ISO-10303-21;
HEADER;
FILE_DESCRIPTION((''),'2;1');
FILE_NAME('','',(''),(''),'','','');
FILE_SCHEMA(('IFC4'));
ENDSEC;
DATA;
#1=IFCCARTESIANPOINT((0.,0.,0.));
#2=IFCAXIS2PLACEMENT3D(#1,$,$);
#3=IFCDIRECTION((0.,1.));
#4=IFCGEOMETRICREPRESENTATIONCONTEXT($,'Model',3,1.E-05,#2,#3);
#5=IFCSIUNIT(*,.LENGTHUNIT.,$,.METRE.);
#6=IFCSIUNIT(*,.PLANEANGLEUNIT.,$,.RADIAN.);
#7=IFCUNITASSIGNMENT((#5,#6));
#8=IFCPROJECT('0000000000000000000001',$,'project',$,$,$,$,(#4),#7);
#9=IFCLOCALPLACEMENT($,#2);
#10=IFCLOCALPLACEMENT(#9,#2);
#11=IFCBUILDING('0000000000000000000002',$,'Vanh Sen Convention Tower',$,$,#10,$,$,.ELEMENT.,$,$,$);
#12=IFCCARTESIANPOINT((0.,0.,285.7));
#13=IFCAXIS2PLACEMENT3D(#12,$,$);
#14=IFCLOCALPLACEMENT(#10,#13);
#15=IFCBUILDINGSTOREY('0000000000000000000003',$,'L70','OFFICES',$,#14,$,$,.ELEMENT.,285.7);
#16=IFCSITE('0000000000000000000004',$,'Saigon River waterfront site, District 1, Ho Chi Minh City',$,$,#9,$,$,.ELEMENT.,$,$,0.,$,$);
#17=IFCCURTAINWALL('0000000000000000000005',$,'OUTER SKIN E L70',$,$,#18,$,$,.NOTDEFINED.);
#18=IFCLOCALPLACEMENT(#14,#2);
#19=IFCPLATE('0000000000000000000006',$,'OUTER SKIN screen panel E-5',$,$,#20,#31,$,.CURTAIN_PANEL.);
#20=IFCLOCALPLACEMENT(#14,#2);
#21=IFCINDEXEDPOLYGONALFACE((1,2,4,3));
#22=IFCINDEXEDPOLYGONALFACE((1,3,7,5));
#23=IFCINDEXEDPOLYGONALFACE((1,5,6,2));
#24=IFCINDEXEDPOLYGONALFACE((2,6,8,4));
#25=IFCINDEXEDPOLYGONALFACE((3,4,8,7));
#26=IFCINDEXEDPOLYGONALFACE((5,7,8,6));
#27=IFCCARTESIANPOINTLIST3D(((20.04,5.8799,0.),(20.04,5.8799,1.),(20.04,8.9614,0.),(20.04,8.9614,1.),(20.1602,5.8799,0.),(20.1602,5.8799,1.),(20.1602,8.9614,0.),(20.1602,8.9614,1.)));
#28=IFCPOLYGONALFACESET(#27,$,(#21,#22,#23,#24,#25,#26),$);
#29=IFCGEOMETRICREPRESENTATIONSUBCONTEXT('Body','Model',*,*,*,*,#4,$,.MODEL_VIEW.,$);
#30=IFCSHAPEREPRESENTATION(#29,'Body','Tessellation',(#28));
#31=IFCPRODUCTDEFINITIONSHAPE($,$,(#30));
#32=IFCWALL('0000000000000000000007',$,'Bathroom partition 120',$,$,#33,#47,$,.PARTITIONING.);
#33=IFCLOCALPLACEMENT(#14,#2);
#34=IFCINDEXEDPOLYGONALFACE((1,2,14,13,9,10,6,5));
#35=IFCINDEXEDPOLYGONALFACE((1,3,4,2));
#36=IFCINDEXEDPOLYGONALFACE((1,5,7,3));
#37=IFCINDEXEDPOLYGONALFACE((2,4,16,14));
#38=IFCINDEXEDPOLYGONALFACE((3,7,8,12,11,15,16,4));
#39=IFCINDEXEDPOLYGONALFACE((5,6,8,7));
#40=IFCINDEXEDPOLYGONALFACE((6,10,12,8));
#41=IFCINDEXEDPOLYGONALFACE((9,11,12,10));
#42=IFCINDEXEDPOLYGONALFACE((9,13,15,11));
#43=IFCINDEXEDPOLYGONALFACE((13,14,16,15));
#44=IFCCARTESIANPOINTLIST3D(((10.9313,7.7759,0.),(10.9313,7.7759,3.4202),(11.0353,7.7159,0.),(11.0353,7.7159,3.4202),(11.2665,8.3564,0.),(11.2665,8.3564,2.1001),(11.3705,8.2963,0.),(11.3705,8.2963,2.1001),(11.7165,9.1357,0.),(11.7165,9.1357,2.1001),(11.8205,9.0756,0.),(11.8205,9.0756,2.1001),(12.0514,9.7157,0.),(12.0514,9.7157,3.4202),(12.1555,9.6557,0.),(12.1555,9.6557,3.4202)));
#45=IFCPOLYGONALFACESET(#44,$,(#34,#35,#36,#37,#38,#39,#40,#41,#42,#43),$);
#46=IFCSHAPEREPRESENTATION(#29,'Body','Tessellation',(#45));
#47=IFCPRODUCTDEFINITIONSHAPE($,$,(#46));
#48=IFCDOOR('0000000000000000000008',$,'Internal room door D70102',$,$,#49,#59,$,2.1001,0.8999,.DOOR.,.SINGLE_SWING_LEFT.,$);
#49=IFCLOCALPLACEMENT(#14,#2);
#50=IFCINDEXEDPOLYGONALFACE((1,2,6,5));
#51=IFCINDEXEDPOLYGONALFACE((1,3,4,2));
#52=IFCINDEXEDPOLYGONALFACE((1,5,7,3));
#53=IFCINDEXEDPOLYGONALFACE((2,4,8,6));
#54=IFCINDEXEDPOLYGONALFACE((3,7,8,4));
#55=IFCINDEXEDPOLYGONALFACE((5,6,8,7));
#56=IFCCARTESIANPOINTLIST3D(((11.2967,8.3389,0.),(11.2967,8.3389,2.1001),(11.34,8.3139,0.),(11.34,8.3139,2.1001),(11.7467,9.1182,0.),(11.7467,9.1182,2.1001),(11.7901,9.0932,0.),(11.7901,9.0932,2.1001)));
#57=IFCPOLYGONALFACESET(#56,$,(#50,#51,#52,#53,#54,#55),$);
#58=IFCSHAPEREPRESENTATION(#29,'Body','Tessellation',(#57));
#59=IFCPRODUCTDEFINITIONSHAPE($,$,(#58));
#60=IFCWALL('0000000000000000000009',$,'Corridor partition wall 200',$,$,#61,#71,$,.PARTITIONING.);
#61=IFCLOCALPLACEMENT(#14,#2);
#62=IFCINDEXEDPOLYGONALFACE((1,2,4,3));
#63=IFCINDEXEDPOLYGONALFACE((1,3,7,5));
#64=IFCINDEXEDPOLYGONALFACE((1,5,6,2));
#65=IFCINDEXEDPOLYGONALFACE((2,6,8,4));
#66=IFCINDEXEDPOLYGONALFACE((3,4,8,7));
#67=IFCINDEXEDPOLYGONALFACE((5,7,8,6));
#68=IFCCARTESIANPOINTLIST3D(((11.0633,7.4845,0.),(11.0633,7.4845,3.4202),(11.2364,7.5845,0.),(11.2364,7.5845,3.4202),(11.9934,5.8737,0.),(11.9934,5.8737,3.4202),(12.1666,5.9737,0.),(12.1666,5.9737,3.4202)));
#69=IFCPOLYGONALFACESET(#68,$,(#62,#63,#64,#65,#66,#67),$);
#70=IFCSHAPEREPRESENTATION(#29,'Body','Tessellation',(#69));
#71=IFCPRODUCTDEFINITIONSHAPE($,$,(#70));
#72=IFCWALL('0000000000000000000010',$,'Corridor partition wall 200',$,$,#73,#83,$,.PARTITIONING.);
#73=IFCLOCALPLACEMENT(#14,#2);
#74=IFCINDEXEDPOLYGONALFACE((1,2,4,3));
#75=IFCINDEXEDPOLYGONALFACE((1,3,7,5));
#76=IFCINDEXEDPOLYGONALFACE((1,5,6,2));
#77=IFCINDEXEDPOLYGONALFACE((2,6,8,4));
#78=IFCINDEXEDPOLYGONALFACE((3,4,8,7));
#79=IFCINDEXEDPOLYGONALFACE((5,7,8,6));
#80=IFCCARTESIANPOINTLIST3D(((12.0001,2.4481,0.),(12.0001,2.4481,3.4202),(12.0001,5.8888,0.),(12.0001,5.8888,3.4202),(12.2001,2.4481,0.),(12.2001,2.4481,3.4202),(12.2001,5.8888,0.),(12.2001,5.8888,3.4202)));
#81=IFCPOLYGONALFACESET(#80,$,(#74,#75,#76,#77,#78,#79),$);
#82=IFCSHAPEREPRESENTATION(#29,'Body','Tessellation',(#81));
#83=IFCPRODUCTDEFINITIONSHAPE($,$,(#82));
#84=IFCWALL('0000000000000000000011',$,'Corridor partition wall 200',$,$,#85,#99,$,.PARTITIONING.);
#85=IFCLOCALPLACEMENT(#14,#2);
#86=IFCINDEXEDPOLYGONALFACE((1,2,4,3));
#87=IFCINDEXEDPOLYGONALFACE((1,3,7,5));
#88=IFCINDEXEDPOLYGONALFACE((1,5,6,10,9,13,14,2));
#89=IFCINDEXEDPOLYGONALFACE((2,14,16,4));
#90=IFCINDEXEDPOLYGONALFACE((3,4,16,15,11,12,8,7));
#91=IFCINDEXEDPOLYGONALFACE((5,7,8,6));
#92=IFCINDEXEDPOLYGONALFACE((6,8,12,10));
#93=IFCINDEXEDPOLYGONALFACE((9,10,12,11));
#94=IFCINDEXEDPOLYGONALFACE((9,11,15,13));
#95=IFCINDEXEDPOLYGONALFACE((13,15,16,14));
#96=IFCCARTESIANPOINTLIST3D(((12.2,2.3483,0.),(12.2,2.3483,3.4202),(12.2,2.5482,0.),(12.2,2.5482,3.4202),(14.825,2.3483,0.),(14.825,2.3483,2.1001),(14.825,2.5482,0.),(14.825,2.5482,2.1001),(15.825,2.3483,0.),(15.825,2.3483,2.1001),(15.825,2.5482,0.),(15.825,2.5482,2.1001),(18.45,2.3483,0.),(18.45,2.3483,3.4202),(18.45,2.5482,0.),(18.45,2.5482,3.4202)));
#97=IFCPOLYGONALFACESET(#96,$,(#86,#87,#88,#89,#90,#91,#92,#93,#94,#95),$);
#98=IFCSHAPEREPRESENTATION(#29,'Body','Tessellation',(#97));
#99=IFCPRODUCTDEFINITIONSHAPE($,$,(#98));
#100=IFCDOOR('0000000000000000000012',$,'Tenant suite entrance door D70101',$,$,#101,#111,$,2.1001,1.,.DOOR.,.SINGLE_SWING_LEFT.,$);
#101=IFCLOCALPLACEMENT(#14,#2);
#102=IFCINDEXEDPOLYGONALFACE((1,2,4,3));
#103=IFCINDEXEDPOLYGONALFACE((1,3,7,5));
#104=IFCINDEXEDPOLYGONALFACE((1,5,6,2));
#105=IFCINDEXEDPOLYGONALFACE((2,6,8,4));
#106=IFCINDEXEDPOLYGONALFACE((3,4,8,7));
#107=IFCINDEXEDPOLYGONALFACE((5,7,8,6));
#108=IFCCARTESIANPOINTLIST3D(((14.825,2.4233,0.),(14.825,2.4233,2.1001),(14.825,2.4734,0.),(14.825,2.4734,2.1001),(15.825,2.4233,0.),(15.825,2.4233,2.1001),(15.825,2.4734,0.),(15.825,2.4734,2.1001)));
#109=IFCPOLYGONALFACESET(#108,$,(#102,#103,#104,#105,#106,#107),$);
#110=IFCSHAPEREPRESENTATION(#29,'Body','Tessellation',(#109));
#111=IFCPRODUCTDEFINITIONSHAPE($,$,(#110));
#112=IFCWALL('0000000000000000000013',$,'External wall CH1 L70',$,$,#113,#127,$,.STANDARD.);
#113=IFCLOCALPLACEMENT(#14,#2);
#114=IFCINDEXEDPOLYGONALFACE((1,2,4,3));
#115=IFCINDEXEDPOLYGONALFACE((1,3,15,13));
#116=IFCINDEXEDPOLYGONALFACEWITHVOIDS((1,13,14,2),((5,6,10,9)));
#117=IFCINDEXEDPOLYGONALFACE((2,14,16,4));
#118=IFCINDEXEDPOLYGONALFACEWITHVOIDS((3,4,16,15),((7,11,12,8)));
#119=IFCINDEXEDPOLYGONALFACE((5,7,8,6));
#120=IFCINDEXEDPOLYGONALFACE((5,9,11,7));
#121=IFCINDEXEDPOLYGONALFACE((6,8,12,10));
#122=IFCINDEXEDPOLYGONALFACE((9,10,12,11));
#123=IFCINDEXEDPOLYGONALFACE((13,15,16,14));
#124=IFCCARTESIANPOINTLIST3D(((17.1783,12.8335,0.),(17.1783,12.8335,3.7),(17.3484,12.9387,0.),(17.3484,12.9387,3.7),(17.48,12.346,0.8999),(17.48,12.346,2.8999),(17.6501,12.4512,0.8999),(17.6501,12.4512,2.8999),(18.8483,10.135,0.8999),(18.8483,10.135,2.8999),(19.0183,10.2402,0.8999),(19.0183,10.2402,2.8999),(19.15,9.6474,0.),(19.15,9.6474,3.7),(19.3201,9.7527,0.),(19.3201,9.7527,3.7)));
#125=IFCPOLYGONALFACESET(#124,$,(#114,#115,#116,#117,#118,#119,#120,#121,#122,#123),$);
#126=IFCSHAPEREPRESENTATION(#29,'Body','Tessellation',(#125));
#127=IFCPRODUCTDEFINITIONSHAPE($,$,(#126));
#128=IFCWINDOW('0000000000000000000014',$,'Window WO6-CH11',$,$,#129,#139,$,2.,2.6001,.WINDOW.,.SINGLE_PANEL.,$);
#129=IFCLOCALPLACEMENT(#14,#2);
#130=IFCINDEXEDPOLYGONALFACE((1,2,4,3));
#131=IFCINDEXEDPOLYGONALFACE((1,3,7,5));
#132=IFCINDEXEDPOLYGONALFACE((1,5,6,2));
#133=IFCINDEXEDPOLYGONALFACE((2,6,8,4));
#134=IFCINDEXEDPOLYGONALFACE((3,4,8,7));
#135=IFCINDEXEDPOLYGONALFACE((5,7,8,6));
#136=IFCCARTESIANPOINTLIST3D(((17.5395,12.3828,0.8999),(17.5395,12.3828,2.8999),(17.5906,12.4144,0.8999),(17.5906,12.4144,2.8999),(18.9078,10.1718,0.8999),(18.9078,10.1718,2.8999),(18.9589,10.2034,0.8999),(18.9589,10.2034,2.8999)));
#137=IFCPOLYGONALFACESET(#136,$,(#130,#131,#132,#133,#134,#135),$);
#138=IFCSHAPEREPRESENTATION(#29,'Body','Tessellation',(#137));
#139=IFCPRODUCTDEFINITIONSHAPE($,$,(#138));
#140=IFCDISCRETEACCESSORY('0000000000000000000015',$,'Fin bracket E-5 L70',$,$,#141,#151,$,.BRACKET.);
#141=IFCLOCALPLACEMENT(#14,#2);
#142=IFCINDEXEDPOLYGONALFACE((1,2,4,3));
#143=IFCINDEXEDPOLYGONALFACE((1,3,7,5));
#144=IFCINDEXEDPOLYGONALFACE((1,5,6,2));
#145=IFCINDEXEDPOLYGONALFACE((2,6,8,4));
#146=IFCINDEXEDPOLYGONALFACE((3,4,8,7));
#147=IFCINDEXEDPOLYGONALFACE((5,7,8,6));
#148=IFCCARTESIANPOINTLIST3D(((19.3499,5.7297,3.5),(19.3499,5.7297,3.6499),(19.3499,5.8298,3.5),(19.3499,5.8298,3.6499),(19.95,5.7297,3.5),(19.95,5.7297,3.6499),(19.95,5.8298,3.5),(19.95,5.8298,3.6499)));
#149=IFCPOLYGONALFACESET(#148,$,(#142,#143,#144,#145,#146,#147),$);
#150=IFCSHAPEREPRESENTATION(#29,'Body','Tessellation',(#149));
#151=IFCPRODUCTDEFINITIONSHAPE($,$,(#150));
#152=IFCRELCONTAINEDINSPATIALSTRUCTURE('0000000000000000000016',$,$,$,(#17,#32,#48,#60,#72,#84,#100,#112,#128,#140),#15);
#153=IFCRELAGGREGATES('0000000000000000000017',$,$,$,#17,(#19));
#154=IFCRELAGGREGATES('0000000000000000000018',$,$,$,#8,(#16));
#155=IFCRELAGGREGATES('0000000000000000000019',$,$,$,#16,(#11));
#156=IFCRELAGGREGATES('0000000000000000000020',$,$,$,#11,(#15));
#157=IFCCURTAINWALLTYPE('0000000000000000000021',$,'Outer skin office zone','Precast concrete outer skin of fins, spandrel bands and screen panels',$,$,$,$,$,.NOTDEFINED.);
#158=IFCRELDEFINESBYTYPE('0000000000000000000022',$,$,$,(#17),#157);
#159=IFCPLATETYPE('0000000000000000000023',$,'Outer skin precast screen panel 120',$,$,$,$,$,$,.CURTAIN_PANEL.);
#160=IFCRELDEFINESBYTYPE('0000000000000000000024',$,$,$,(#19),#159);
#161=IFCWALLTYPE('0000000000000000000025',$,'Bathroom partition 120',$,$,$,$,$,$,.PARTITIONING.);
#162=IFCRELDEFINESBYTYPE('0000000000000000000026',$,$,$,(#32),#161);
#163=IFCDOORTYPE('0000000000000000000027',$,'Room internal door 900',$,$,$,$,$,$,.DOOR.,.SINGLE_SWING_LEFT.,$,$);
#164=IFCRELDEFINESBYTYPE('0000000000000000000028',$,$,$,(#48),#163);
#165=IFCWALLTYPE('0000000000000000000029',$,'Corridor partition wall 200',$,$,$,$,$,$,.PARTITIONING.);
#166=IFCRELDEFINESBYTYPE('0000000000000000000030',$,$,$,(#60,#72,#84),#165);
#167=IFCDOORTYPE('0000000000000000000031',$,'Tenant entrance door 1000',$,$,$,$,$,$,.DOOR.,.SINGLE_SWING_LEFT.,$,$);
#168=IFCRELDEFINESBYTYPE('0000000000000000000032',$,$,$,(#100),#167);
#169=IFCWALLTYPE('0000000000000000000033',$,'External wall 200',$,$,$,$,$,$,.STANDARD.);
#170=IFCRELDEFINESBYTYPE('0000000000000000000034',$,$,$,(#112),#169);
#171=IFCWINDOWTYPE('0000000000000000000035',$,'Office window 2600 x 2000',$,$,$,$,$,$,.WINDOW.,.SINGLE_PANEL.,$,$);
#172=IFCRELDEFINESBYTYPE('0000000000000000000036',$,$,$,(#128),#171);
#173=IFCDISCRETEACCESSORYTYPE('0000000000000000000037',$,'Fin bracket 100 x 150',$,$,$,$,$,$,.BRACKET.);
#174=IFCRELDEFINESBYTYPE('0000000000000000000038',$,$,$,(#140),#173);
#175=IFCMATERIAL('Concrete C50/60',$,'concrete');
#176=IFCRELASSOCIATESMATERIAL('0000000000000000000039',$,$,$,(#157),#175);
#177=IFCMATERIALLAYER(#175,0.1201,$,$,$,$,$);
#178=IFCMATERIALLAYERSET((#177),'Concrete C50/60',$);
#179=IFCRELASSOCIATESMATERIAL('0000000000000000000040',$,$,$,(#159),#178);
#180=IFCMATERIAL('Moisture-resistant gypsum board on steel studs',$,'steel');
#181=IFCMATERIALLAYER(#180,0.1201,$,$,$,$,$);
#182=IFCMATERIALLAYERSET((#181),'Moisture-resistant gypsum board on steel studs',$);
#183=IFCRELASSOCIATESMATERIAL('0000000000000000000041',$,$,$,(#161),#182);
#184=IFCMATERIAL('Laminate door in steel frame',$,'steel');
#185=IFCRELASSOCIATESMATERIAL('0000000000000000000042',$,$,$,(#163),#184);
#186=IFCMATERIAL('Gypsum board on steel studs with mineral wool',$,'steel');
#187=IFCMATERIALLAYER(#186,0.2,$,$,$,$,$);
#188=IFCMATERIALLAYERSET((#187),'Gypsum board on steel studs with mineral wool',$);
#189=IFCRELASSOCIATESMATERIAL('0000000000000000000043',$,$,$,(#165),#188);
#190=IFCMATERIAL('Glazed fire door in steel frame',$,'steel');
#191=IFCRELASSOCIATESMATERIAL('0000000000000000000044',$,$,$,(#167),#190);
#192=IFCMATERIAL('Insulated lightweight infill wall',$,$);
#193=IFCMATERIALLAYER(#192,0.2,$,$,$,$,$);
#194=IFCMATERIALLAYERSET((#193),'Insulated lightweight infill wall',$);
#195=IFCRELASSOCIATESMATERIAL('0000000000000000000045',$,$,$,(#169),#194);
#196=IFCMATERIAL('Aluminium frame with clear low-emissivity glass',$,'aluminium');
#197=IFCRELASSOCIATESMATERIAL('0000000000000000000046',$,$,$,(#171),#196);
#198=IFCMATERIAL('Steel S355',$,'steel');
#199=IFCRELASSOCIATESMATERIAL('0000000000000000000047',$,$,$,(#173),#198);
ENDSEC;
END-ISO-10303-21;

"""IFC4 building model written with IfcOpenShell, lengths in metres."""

from ifc_helpers import new_model, si_unit, direction, frame, frame_2d, origin, origin_2d, place, context, subcontext, project, spatial, rectangle, extrude, material, layer, layer_set, type_object, element, fill, aggregate, save


model = new_model("IFC4")

# Units and contexts
model_context = context("Model", 3, precision=1e-05, world=origin(), true_north=direction((0.0, 1.0)))
body_context = subcontext(model_context, "Body", "Model", "MODEL_VIEW")
ifc_project = project(units=[si_unit("LENGTHUNIT", "METRE"), si_unit("PLANEANGLEUNIT", "RADIAN")], contexts=[model_context])

# Site, building, storey
site_placement = place(None, origin())
site = spatial("IfcSite", under=ifc_project, at=site_placement, Name="Saigon River waterfront site, District 1, Ho Chi Minh City", CompositionType="ELEMENT", RefElevation=0.0)
building_placement = place(site_placement, origin())
building = spatial("IfcBuilding", under=site, at=building_placement, Name="Vanh Sen Convention Tower", CompositionType="ELEMENT")
storey_placement = place(building_placement, frame((0.0, 0.0, 285.7)))
storey = spatial("IfcBuildingStorey", under=building, at=storey_placement, Name="L70", Description="OFFICES", CompositionType="ELEMENT", Elevation=285.7)

# Curtain wall
ifc_material_1 = material(Name="Concrete C50/60", Category="concrete")
curtain_wall_type = type_object("IfcCurtainWallType", Name="Outer skin office zone", Description="Precast concrete outer skin of fins, spandrel bands and screen panels", PredefinedType="NOTDEFINED", material=ifc_material_1)
curtain_wall_1_placement = place(storey_placement, origin())
curtain_wall_1 = element("IfcCurtainWall", 1, at=curtain_wall_1_placement, inside=storey, type_object=curtain_wall_type, Name="OUTER SKIN E L70", PredefinedType="NOTDEFINED")

# Plate
ifc_layer_1 = layer(ifc_material_1, 0.1201)
ifc_layer_set_1 = layer_set([ifc_layer_1], Name="Concrete C50/60")
plate_type = type_object("IfcPlateType", Name="Outer skin precast screen panel 120", PredefinedType="CURTAIN_PANEL", material=ifc_layer_set_1)
plate_1_placement = place(storey_placement, frame((20.1001, 7.4207, 0.0), z_axis=(0.0, 0.0, 1.0), x_axis=(0.0, 1.0, 0.0)))
plate_1 = element("IfcPlate", 2, at=plate_1_placement, type_object=plate_type, Name="OUTER SKIN screen panel E-5", PredefinedType="CURTAIN_PANEL", context=body_context, shape_type="SweptSolid", body=[
    extrude(rectangle(XDim=3.0815, YDim=0.1201, at=origin_2d()), origin(), (0.0, 0.0, 1.0), 1.0),
])
aggregate(curtain_wall_1, [plate_1])

# Wall, opening, door
ifc_material_2 = material(Name="Moisture-resistant gypsum board on steel studs", Category="steel")
ifc_layer_2 = layer(ifc_material_2, 0.1201)
ifc_layer_set_2 = layer_set([ifc_layer_2], Name="Moisture-resistant gypsum board on steel studs")
wall_type_1 = type_object("IfcWallType", Name="Bathroom partition 120", PredefinedType="PARTITIONING", material=ifc_layer_set_2)
wall_1_placement = place(storey_placement, frame((12.1035, 9.6858, 0.0), z_axis=(0.0, 0.0, 1.0), x_axis=(-0.500078, -0.86598, 0.0)))
wall_1 = element("IfcWall", 3, at=wall_1_placement, inside=storey, type_object=wall_type_1, Name="Bathroom partition 120", PredefinedType="PARTITIONING", context=body_context, shape_type="SweptSolid", body=[
    extrude(rectangle(XDim=2.24, YDim=0.1201, at=frame_2d((1.1201, 0.0))), origin(), (0.0, 0.0, 1.0), 3.4202),
])
opening_1_placement = place(wall_1_placement, frame((0.6699, 0.0, 0.0)))
opening_1 = element("IfcOpeningElement", 4, at=opening_1_placement, cuts=wall_1, PredefinedType="OPENING", context=body_context, shape_type="SweptSolid", body=[
    extrude(rectangle(XDim=0.8999, YDim=2.1001, at=frame_2d((0.45, 1.05))), frame((0.0, 0.0701, 0.0), z_axis=(0.0, -1.0, 0.0), x_axis=(1.0, 0.0, 0.0)), (0.0, 0.0, 1.0), 0.1401),
])
ifc_material_3 = material(Name="Laminate door in steel frame", Category="steel")
door_type_1 = type_object("IfcDoorType", Name="Room internal door 900", OperationType="SINGLE_SWING_LEFT", PredefinedType="DOOR", material=ifc_material_3)
door_1_placement = place(opening_1_placement, origin())
door_1 = element("IfcDoor", 5, at=door_1_placement, inside=storey, type_object=door_type_1, Name="Internal room door D70102", OperationType="SINGLE_SWING_LEFT", OverallHeight=2.1001, OverallWidth=0.8999, PredefinedType="DOOR", context=body_context, shape_type="SweptSolid", body=[
    extrude(rectangle(XDim=0.8999, YDim=2.1001, at=frame_2d((0.45, 1.05))), frame((0.0, 0.0249, 0.0), z_axis=(0.0, -1.0, 0.0), x_axis=(1.0, 0.0, 0.0)), (0.0, 0.0, 1.0), 0.05),
])
fill(opening_1, door_1)

# Walls
ifc_material_4 = material(Name="Gypsum board on steel studs with mineral wool", Category="steel")
ifc_layer_3 = layer(ifc_material_4, 0.2)
ifc_layer_set_3 = layer_set([ifc_layer_3], Name="Gypsum board on steel studs with mineral wool")
wall_type_2 = type_object("IfcWallType", Name="Corridor partition wall 200", PredefinedType="PARTITIONING", material=ifc_layer_set_3)
wall_2_placement = place(storey_placement, frame((12.0801, 5.9236, 0.0), z_axis=(0.0, 0.0, 1.0), x_axis=(-0.500063, 0.865989, 0.0)))
element("IfcWall", 6, at=wall_2_placement, inside=storey, type_object=wall_type_2, Name="Corridor partition wall 200", PredefinedType="PARTITIONING", context=body_context, shape_type="SweptSolid", body=[
    extrude(rectangle(XDim=1.8601, YDim=0.2, at=frame_2d((0.9302, 0.0))), origin(), (0.0, 0.0, 1.0), 3.4202),
])
wall_3_placement = place(storey_placement, frame((12.1001, 2.4482, 0.0), z_axis=(0.0, 0.0, 1.0), x_axis=(0.0, 1.0, 0.0)))
element("IfcWall", 7, at=wall_3_placement, inside=storey, type_object=wall_type_2, Name="Corridor partition wall 200", PredefinedType="PARTITIONING", context=body_context, shape_type="SweptSolid", body=[
    extrude(rectangle(XDim=3.4407, YDim=0.2, at=frame_2d((1.7202, 0.0))), origin(), (0.0, 0.0, 1.0), 3.4202),
])

# Wall, opening, door
wall_4_placement = place(storey_placement, frame((18.45, 2.4482, 0.0), z_axis=(0.0, 0.0, 1.0), x_axis=(-1.0, 0.0, 0.0)))
wall_4 = element("IfcWall", 8, at=wall_4_placement, inside=storey, type_object=wall_type_2, Name="Corridor partition wall 200", PredefinedType="PARTITIONING", context=body_context, shape_type="SweptSolid", body=[
    extrude(rectangle(XDim=6.25, YDim=0.2, at=frame_2d((3.125, 0.0))), origin(), (0.0, 0.0, 1.0), 3.4202),
])
opening_2_placement = place(wall_4_placement, frame((2.625, 0.0, 0.0)))
opening_2 = element("IfcOpeningElement", 9, at=opening_2_placement, cuts=wall_4, PredefinedType="OPENING", context=body_context, shape_type="SweptSolid", body=[
    extrude(rectangle(XDim=1.0, YDim=2.1001, at=frame_2d((0.5, 1.05))), frame((0.0, 0.1099, 0.0), z_axis=(0.0, -1.0, 0.0), x_axis=(1.0, 0.0, 0.0)), (0.0, 0.0, 1.0), 0.22),
])
ifc_material_5 = material(Name="Glazed fire door in steel frame", Category="steel")
door_type_2 = type_object("IfcDoorType", Name="Tenant entrance door 1000", OperationType="SINGLE_SWING_LEFT", PredefinedType="DOOR", material=ifc_material_5)
door_2_placement = place(opening_2_placement, origin())
door_2 = element("IfcDoor", 10, at=door_2_placement, inside=storey, type_object=door_type_2, Name="Tenant suite entrance door D70101", OperationType="SINGLE_SWING_LEFT", OverallHeight=2.1001, OverallWidth=1.0, PredefinedType="DOOR", context=body_context, shape_type="SweptSolid", body=[
    extrude(rectangle(XDim=1.0, YDim=2.1001, at=frame_2d((0.5, 1.05))), frame((0.0, 0.0249, 0.0), z_axis=(0.0, -1.0, 0.0), x_axis=(1.0, 0.0, 0.0)), (0.0, 0.0, 1.0), 0.05),
])
fill(opening_2, door_2)

# Wall, opening, window
ifc_material_6 = material(Name="Insulated lightweight infill wall")
ifc_layer_4 = layer(ifc_material_6, 0.2)
ifc_layer_set_4 = layer_set([ifc_layer_4], Name="Insulated lightweight infill wall")
wall_type_3 = type_object("IfcWallType", Name="External wall 200", PredefinedType="STANDARD", material=ifc_layer_set_4)
wall_5_placement = place(storey_placement, frame((19.2351, 9.7, 0.0), z_axis=(0.0, 0.0, 1.0), x_axis=(-0.526233, 0.85034, 0.0)))
wall_5 = element("IfcWall", 11, at=wall_5_placement, inside=storey, type_object=wall_type_3, Name="External wall CH1 L70", PredefinedType="STANDARD", context=body_context, shape_type="SweptSolid", body=[
    extrude(rectangle(XDim=3.7468, YDim=0.2, at=frame_2d((1.8735, 0.0))), origin(), (0.0, 0.0, 1.0), 3.7),
])
opening_3_placement = place(wall_5_placement, frame((0.5735, 0.0, 0.8999)))
opening_3 = element("IfcOpeningElement", 12, at=opening_3_placement, cuts=wall_5, PredefinedType="OPENING", context=body_context, shape_type="SweptSolid", body=[
    extrude(rectangle(XDim=2.6001, YDim=2.0, at=frame_2d((1.3, 1.0))), frame((0.0, 0.1099, 0.0), z_axis=(0.0, -1.0, 0.0), x_axis=(1.0, 0.0, 0.0)), (0.0, 0.0, 1.0), 0.22),
])
ifc_material_7 = material(Name="Aluminium frame with clear low-emissivity glass", Category="aluminium")
window_type = type_object("IfcWindowType", Name="Office window 2600 x 2000", PartitioningType="SINGLE_PANEL", PredefinedType="WINDOW", material=ifc_material_7)
window_placement = place(opening_3_placement, origin())
window = element("IfcWindow", 13, at=window_placement, inside=storey, type_object=window_type, Name="Window WO6-CH11", OverallHeight=2.0, OverallWidth=2.6001, PartitioningType="SINGLE_PANEL", PredefinedType="WINDOW", context=body_context, shape_type="SweptSolid", body=[
    extrude(rectangle(XDim=2.6001, YDim=2.0, at=frame_2d((1.3, 1.0))), frame((0.0, 0.03, 0.0), z_axis=(0.0, -1.0, 0.0), x_axis=(1.0, 0.0, 0.0)), (0.0, 0.0, 1.0), 0.0601),
])
fill(opening_3, window)

# Discrete accessory
ifc_material_8 = material(Name="Steel S355", Category="steel")
discrete_accessory_type = type_object("IfcDiscreteAccessoryType", Name="Fin bracket 100 x 150", PredefinedType="BRACKET", material=ifc_material_8)
discrete_accessory_placement = place(storey_placement, frame((19.6499, 5.7798, 3.5), z_axis=(0.0, 0.0, 1.0), x_axis=(1.0, 0.0, 0.0)))
element("IfcDiscreteAccessory", 14, at=discrete_accessory_placement, inside=storey, type_object=discrete_accessory_type, Name="Fin bracket E-5 L70", PredefinedType="BRACKET", context=body_context, shape_type="SweptSolid", body=[
    extrude(rectangle(XDim=0.6001, YDim=0.1001, at=origin_2d()), origin(), (0.0, 0.0, 1.0), 0.1499),
])

save(model, "model.ifc")
